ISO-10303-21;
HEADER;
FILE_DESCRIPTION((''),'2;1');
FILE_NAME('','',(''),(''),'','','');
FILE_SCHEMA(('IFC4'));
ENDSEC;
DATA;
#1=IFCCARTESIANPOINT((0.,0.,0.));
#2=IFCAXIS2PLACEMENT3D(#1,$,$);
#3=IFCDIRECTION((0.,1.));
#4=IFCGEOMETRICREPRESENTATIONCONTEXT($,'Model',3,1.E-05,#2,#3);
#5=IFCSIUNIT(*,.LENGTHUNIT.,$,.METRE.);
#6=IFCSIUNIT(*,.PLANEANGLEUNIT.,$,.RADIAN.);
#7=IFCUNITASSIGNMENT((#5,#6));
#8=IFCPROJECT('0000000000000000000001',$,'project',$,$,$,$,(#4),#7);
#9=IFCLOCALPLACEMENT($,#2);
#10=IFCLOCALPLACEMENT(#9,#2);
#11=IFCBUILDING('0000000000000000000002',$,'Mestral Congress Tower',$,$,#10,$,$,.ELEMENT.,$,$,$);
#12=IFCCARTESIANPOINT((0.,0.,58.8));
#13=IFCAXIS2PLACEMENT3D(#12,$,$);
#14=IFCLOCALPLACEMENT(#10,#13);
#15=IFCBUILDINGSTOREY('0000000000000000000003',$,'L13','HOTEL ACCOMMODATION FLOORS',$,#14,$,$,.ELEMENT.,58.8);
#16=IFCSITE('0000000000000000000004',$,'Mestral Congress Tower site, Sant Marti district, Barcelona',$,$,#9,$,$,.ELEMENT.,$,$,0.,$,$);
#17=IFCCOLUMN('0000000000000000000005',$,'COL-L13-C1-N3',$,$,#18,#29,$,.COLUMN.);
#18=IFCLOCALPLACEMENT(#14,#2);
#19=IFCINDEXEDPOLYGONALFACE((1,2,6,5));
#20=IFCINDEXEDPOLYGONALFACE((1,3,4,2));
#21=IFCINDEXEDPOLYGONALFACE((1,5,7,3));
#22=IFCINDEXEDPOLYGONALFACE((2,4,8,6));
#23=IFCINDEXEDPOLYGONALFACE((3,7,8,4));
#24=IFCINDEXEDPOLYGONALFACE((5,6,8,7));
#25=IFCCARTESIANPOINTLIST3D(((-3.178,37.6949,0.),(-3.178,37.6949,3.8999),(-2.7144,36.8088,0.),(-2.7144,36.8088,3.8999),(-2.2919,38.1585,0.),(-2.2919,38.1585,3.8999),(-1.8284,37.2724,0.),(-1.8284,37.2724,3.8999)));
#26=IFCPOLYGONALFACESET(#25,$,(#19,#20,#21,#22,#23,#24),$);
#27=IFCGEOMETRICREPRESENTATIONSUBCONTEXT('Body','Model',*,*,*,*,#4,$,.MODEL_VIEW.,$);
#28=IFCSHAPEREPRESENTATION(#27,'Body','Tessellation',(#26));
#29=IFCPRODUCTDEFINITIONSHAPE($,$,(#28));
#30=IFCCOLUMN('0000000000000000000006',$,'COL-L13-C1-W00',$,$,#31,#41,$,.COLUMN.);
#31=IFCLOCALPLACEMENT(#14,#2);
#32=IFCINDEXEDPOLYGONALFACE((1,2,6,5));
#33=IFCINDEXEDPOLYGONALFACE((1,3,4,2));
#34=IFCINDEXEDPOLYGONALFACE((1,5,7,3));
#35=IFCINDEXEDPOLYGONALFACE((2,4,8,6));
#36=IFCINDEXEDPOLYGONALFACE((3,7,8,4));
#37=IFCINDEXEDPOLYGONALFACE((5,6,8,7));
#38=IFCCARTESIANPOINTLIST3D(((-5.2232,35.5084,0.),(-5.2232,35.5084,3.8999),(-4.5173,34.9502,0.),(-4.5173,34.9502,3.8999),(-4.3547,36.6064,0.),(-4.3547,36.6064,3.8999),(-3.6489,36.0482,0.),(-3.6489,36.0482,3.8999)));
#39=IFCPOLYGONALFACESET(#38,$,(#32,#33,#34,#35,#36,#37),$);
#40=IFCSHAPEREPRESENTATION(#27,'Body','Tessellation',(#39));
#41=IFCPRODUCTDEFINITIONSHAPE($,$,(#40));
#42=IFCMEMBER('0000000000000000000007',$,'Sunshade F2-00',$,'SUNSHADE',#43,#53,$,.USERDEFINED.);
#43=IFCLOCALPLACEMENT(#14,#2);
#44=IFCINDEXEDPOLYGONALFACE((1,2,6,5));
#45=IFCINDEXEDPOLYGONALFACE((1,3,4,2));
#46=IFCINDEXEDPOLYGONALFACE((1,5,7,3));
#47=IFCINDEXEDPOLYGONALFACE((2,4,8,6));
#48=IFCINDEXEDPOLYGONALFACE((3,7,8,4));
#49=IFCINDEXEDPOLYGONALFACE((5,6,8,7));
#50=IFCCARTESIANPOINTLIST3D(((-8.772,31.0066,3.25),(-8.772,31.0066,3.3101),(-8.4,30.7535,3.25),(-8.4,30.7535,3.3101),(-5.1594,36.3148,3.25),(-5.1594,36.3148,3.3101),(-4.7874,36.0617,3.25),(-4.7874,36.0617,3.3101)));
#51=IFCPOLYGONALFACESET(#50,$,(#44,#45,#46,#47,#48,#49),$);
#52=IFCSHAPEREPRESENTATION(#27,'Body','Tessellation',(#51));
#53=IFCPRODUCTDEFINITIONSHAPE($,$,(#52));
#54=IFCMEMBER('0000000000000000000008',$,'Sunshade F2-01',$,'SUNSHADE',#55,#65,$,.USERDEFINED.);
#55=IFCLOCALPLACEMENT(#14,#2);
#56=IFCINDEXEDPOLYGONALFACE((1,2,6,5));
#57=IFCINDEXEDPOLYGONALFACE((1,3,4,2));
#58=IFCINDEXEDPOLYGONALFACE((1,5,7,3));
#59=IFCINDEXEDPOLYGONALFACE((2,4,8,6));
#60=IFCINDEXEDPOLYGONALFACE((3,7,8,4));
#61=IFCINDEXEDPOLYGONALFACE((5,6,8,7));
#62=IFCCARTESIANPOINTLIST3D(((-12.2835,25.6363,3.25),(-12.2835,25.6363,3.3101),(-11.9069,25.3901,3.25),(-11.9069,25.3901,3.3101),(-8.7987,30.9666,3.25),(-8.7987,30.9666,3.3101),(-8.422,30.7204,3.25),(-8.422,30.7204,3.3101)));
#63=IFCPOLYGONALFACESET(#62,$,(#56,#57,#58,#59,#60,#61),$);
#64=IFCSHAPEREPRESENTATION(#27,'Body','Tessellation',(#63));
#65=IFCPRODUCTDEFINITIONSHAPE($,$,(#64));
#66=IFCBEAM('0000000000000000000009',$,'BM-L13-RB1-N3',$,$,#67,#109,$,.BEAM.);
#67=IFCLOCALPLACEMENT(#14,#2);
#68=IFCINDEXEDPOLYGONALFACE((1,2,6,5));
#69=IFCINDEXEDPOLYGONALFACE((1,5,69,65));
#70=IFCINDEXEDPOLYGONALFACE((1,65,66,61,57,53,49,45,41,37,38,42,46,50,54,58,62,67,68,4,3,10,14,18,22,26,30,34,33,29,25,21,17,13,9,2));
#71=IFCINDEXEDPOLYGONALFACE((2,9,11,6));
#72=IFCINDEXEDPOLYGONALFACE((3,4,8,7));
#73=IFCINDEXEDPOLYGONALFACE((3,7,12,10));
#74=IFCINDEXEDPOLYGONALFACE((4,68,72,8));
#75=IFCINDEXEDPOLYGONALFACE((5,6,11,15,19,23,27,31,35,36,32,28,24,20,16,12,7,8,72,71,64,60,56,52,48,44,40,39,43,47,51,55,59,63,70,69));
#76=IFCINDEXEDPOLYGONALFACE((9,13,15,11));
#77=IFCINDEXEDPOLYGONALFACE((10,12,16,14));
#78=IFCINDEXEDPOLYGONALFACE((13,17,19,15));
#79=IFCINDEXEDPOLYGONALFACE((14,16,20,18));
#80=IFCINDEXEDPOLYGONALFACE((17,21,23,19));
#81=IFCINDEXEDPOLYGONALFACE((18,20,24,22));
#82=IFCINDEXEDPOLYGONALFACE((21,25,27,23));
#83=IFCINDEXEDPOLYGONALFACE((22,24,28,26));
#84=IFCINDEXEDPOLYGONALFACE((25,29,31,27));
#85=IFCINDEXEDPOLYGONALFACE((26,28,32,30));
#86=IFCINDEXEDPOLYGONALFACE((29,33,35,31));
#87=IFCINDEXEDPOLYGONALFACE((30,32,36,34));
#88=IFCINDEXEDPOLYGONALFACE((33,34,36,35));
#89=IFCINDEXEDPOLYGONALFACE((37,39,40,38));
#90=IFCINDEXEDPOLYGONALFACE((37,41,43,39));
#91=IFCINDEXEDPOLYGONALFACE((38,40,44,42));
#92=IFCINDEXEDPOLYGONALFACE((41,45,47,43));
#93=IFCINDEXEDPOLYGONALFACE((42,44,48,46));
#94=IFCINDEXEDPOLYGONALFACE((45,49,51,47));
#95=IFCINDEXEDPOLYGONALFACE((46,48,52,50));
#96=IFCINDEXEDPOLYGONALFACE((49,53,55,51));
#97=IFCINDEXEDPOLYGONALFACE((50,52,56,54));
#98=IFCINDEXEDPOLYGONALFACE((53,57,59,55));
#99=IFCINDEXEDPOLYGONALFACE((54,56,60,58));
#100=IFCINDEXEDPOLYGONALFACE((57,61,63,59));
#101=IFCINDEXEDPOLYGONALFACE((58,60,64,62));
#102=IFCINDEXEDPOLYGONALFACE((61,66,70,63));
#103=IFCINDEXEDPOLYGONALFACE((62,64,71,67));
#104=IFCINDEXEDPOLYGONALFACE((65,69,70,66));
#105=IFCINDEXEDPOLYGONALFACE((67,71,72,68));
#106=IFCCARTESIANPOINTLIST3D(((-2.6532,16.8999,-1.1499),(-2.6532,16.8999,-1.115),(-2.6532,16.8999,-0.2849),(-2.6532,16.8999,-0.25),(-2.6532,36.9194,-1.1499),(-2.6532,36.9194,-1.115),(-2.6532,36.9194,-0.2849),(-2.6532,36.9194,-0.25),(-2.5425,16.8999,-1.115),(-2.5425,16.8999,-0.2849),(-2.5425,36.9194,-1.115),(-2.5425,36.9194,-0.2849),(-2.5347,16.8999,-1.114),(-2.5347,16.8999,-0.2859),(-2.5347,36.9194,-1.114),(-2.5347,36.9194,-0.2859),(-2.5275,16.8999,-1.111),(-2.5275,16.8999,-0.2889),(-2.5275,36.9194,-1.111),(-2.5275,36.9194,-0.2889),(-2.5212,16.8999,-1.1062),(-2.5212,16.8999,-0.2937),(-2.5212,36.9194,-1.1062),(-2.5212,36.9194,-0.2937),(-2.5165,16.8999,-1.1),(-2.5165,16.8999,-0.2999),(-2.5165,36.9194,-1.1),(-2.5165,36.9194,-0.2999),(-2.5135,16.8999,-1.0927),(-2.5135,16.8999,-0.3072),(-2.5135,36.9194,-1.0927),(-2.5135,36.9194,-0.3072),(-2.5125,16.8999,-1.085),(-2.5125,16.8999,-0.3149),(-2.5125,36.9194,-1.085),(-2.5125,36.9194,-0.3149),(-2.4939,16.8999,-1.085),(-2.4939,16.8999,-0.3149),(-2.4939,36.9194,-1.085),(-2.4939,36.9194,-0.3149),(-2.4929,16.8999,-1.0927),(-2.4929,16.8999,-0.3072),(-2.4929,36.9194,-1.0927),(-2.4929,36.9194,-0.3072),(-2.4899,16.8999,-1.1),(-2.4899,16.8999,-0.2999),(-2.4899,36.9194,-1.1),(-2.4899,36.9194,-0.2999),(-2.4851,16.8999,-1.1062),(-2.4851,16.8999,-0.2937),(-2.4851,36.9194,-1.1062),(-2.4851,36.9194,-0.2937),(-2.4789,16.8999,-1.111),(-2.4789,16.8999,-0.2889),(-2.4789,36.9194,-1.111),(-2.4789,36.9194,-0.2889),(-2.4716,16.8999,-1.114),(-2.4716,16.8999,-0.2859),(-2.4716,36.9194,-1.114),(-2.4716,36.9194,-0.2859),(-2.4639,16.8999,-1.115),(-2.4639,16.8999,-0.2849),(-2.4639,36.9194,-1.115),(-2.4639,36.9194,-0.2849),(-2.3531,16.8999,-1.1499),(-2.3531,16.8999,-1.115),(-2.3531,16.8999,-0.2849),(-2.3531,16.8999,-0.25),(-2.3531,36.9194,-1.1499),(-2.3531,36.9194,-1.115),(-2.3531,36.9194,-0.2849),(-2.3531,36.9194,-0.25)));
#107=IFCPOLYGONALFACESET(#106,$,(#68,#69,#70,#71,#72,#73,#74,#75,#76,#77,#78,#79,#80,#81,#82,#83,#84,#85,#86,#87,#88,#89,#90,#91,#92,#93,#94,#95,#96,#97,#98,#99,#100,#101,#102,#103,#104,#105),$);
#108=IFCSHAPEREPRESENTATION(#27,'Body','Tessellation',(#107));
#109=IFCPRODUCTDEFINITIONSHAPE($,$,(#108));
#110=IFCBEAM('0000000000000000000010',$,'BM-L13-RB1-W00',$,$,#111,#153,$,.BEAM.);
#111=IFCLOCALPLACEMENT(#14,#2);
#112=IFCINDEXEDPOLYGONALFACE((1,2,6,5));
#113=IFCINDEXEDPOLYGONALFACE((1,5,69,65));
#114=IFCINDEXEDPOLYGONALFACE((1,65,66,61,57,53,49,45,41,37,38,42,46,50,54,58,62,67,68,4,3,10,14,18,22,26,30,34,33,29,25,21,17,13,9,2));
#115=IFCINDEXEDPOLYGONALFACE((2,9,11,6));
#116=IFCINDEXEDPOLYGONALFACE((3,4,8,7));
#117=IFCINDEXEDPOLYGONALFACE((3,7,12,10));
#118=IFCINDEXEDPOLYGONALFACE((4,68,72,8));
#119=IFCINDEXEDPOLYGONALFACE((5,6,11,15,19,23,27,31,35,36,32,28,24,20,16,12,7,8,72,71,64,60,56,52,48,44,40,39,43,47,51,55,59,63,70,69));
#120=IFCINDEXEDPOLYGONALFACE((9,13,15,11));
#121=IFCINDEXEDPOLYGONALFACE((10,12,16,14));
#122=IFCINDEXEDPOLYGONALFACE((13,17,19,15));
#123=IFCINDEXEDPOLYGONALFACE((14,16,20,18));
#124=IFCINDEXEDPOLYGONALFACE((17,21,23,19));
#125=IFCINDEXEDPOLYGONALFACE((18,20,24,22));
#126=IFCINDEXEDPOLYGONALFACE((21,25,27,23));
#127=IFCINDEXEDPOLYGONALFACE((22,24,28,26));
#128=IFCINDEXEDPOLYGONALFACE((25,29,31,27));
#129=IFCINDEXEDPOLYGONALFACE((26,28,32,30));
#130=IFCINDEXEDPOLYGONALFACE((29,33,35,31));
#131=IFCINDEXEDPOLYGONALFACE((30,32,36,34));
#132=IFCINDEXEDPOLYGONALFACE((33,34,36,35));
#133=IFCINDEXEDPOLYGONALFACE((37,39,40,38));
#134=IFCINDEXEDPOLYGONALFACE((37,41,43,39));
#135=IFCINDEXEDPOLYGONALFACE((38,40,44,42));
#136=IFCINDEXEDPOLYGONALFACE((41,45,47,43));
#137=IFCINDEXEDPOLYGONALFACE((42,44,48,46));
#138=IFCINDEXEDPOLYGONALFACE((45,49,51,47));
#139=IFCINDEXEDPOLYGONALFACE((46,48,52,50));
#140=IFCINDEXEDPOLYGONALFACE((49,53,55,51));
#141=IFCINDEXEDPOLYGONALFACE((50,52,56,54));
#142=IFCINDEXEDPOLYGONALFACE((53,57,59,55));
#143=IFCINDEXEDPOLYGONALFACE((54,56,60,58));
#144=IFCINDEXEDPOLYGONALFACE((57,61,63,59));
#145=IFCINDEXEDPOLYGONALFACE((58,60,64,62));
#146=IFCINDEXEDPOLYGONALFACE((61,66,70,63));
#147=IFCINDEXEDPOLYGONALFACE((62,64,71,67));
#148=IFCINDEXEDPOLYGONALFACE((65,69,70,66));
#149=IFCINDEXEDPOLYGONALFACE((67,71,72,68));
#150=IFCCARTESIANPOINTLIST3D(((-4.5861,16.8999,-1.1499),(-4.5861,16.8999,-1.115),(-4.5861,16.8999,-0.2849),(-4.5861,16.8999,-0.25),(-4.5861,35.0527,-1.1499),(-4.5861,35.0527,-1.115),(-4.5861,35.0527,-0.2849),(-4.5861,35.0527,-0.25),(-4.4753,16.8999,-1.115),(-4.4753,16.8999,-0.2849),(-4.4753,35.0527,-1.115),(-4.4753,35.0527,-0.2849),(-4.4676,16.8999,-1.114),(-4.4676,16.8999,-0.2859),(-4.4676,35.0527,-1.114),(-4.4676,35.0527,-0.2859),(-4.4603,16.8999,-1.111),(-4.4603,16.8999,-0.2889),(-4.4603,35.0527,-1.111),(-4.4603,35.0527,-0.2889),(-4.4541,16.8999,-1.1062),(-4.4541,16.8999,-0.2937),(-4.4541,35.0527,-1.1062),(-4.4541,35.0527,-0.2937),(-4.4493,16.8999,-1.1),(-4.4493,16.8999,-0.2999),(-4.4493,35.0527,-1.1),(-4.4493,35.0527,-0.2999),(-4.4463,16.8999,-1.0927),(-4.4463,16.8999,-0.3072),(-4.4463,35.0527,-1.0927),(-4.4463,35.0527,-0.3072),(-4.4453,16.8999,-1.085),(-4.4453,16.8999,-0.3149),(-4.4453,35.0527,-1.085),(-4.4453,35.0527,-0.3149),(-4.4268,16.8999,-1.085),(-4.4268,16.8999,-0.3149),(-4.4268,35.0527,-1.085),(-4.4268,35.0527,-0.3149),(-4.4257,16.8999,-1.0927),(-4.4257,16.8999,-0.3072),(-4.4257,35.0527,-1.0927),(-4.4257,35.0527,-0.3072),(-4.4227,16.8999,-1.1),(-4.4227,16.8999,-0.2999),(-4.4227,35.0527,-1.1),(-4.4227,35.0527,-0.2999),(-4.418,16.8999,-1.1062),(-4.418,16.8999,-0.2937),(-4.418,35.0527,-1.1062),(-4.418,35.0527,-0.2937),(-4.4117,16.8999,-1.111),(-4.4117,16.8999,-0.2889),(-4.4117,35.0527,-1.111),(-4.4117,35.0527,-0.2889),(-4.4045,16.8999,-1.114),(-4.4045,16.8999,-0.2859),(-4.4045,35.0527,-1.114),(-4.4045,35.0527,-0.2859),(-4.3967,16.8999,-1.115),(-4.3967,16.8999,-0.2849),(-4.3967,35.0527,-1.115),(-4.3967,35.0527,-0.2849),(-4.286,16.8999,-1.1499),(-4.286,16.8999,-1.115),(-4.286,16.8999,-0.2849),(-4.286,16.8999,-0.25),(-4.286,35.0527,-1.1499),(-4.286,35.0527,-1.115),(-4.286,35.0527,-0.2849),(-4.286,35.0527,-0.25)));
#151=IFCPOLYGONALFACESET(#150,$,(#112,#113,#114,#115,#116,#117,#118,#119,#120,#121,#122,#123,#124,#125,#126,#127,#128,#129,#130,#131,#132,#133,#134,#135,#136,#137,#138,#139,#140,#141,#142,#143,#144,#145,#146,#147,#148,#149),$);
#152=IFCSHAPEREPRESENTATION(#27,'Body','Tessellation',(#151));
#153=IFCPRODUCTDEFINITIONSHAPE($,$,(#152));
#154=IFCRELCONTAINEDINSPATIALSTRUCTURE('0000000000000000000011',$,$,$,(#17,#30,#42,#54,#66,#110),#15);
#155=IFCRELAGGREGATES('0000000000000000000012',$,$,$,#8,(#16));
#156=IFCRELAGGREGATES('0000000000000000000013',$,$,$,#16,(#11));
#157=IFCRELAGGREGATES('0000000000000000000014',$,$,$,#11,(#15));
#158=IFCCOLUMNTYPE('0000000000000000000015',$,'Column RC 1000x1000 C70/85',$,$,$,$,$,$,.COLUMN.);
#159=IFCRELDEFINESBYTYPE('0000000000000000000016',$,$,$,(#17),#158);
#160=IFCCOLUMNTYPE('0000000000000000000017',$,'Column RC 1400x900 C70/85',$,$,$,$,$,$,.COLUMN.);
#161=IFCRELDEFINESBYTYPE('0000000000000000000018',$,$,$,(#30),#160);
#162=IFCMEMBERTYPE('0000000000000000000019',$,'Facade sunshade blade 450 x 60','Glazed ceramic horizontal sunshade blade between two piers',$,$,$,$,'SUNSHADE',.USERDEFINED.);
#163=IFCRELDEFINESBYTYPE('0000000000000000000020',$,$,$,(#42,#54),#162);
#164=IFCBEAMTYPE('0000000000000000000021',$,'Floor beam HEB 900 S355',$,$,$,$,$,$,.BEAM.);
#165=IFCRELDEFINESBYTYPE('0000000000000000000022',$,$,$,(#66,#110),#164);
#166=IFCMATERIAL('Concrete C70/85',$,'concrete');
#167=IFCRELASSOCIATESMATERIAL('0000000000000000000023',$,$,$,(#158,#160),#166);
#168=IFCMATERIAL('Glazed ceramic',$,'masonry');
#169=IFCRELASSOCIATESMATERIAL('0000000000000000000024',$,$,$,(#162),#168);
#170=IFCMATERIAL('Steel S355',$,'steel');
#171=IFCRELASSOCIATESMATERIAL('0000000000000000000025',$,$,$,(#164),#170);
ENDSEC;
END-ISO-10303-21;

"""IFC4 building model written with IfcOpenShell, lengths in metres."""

from ifc_helpers import new_model, si_unit, direction, frame, origin, origin_2d, place, context, subcontext, project, spatial, rectangle, i_section, extrude, material, material_profile, profile_set, type_object, element, save


model = new_model("IFC4")

# Units and contexts
model_context = context("Model", 3, precision=1e-05, world=origin(), true_north=direction((0.0, 1.0)))
body_context = subcontext(model_context, "Body", "Model", "MODEL_VIEW")
ifc_project = project(units=[si_unit("LENGTHUNIT", "METRE"), si_unit("PLANEANGLEUNIT", "RADIAN")], contexts=[model_context])

# Site, building, storey
site_placement = place(None, origin())
site = spatial("IfcSite", under=ifc_project, at=site_placement, Name="Mestral Congress Tower site, Sant Marti district, Barcelona", CompositionType="ELEMENT", RefElevation=0.0)
building_placement = place(site_placement, origin())
building = spatial("IfcBuilding", under=site, at=building_placement, Name="Mestral Congress Tower", CompositionType="ELEMENT")
storey_placement = place(building_placement, frame((0.0, 0.0, 58.8)))
storey = spatial("IfcBuildingStorey", under=building, at=storey_placement, Name="L13", Description="HOTEL ACCOMMODATION FLOORS", CompositionType="ELEMENT", Elevation=58.8)

# Columns
ifc_material_1 = material(Name="Concrete C70/85", Category="concrete")
ifc_material_profile_1 = material_profile(ifc_material_1, rectangle(XDim=1.0, YDim=1.0, at=origin_2d()), Name="RC 1000x1000")
ifc_profile_set_1 = profile_set([ifc_material_profile_1], Name="Concrete C70/85")
column_type_1 = type_object("IfcColumnType", Name="Column RC 1000x1000 C70/85", PredefinedType="COLUMN", material=ifc_profile_set_1)
column_1_placement = place(storey_placement, frame((-2.5032, 37.4836, 0.0), z_axis=(0.0, 0.0, 1.0), x_axis=(-0.886068, -0.463556, 0.0)))
element("IfcColumn", 1, at=column_1_placement, inside=storey, type_object=column_type_1, Name="COL-L13-C1-N3", PredefinedType="COLUMN", context=body_context, shape_type="SweptSolid", body=[
    extrude(rectangle(XDim=1.0, YDim=1.0, at=origin_2d()), origin(), (0.0, 0.0, 1.0), 3.8999),
])
ifc_material_profile_2 = material_profile(ifc_material_1, rectangle(XDim=1.3999, YDim=0.8999, at=origin_2d()), Name="RC 1400x900")
ifc_profile_set_2 = profile_set([ifc_material_profile_2], Name="Concrete C70/85")
column_type_2 = type_object("IfcColumnType", Name="Column RC 1400x900 C70/85", PredefinedType="COLUMN", material=ifc_profile_set_2)
column_2_placement = place(storey_placement, frame((-4.436, 35.7783, 0.0), z_axis=(0.0, 0.0, 1.0), x_axis=(-0.620334, -0.784338, 0.0)))
element("IfcColumn", 2, at=column_2_placement, inside=storey, type_object=column_type_2, Name="COL-L13-C1-W00", PredefinedType="COLUMN", context=body_context, shape_type="SweptSolid", body=[
    extrude(rectangle(XDim=1.3999, YDim=0.8999, at=origin_2d()), origin(), (0.0, 0.0, 1.0), 3.8999),
])

# Members
ifc_material_2 = material(Name="Glazed ceramic", Category="masonry")
ifc_material_profile_3 = material_profile(ifc_material_2, rectangle(XDim=0.45, YDim=0.0601, at=origin_2d()), Name="Ceramic blade 450 x 60")
ifc_profile_set_3 = profile_set([ifc_material_profile_3], Name="Glazed ceramic")
member_type = type_object("IfcMemberType", Name="Facade sunshade blade 450 x 60", Description="Glazed ceramic horizontal sunshade blade between two piers", ElementType="SUNSHADE", PredefinedType="USERDEFINED", material=ifc_profile_set_3)
member_1_placement = place(storey_placement, frame((-4.9734, 36.1882, 3.28), z_axis=(-0.562633, -0.826706, 0.0), x_axis=(0.826706, -0.562633, 0.0)))
element("IfcMember", 3, at=member_1_placement, inside=storey, type_object=member_type, Name="Sunshade F2-00", ObjectType="SUNSHADE", PredefinedType="USERDEFINED", context=body_context, shape_type="SweptSolid", body=[
    extrude(rectangle(XDim=0.45, YDim=0.0601, at=origin_2d()), origin(), (0.0, 0.0, 1.0), 6.4209),
])
member_2_placement = place(storey_placement, frame((-8.6104, 30.8435, 3.28), z_axis=(-0.547211, -0.836995, 0.0), x_axis=(0.836995, -0.547211, 0.0)))
element("IfcMember", 4, at=member_2_placement, inside=storey, type_object=member_type, Name="Sunshade F2-01", ObjectType="SUNSHADE", PredefinedType="USERDEFINED", context=body_context, shape_type="SweptSolid", body=[
    extrude(rectangle(XDim=0.45, YDim=0.0601, at=origin_2d()), origin(), (0.0, 0.0, 1.0), 6.3684),
])

# Beams
ifc_material_3 = material(Name="Steel S355", Category="steel")
ifc_material_profile_4 = material_profile(ifc_material_3, i_section(OverallWidth=0.3, OverallDepth=0.8999, WebThickness=0.0186, FlangeThickness=0.0349, FilletRadius=0.03, at=origin_2d()), Name="HEB 900")
ifc_profile_set_4 = profile_set([ifc_material_profile_4], Name="Steel S355")
beam_type_1 = type_object("IfcBeamType", Name="Floor beam HEB 900 S355", PredefinedType="BEAM", material=ifc_profile_set_4)
beam_1_placement = place(storey_placement, frame((-2.5032, 36.9194, -0.7), z_axis=(0.0, -1.0, 0.0), x_axis=(1.0, 0.0, 0.0)))
element("IfcBeam", 5, at=beam_1_placement, inside=storey, type_object=beam_type_1, Name="BM-L13-RB1-N3", PredefinedType="BEAM", context=body_context, shape_type="SweptSolid", body=[
    extrude(i_section(OverallWidth=0.3, OverallDepth=0.8999, WebThickness=0.0186, FlangeThickness=0.0349, FilletRadius=0.03, at=origin_2d()), origin(), (0.0, 0.0, 1.0), 20.0195),
])
beam_2_placement = place(storey_placement, frame((-4.436, 35.0527, -0.7), z_axis=(0.0, -1.0, 0.0), x_axis=(1.0, 0.0, 0.0)))
element("IfcBeam", 6, at=beam_2_placement, inside=storey, type_object=beam_type_1, Name="BM-L13-RB1-W00", PredefinedType="BEAM", context=body_context, shape_type="SweptSolid", body=[
    extrude(i_section(OverallWidth=0.3, OverallDepth=0.8999, WebThickness=0.0186, FlangeThickness=0.0349, FilletRadius=0.03, at=origin_2d()), origin(), (0.0, 0.0, 1.0), 18.1528),
])

save(model, "model.ifc")
